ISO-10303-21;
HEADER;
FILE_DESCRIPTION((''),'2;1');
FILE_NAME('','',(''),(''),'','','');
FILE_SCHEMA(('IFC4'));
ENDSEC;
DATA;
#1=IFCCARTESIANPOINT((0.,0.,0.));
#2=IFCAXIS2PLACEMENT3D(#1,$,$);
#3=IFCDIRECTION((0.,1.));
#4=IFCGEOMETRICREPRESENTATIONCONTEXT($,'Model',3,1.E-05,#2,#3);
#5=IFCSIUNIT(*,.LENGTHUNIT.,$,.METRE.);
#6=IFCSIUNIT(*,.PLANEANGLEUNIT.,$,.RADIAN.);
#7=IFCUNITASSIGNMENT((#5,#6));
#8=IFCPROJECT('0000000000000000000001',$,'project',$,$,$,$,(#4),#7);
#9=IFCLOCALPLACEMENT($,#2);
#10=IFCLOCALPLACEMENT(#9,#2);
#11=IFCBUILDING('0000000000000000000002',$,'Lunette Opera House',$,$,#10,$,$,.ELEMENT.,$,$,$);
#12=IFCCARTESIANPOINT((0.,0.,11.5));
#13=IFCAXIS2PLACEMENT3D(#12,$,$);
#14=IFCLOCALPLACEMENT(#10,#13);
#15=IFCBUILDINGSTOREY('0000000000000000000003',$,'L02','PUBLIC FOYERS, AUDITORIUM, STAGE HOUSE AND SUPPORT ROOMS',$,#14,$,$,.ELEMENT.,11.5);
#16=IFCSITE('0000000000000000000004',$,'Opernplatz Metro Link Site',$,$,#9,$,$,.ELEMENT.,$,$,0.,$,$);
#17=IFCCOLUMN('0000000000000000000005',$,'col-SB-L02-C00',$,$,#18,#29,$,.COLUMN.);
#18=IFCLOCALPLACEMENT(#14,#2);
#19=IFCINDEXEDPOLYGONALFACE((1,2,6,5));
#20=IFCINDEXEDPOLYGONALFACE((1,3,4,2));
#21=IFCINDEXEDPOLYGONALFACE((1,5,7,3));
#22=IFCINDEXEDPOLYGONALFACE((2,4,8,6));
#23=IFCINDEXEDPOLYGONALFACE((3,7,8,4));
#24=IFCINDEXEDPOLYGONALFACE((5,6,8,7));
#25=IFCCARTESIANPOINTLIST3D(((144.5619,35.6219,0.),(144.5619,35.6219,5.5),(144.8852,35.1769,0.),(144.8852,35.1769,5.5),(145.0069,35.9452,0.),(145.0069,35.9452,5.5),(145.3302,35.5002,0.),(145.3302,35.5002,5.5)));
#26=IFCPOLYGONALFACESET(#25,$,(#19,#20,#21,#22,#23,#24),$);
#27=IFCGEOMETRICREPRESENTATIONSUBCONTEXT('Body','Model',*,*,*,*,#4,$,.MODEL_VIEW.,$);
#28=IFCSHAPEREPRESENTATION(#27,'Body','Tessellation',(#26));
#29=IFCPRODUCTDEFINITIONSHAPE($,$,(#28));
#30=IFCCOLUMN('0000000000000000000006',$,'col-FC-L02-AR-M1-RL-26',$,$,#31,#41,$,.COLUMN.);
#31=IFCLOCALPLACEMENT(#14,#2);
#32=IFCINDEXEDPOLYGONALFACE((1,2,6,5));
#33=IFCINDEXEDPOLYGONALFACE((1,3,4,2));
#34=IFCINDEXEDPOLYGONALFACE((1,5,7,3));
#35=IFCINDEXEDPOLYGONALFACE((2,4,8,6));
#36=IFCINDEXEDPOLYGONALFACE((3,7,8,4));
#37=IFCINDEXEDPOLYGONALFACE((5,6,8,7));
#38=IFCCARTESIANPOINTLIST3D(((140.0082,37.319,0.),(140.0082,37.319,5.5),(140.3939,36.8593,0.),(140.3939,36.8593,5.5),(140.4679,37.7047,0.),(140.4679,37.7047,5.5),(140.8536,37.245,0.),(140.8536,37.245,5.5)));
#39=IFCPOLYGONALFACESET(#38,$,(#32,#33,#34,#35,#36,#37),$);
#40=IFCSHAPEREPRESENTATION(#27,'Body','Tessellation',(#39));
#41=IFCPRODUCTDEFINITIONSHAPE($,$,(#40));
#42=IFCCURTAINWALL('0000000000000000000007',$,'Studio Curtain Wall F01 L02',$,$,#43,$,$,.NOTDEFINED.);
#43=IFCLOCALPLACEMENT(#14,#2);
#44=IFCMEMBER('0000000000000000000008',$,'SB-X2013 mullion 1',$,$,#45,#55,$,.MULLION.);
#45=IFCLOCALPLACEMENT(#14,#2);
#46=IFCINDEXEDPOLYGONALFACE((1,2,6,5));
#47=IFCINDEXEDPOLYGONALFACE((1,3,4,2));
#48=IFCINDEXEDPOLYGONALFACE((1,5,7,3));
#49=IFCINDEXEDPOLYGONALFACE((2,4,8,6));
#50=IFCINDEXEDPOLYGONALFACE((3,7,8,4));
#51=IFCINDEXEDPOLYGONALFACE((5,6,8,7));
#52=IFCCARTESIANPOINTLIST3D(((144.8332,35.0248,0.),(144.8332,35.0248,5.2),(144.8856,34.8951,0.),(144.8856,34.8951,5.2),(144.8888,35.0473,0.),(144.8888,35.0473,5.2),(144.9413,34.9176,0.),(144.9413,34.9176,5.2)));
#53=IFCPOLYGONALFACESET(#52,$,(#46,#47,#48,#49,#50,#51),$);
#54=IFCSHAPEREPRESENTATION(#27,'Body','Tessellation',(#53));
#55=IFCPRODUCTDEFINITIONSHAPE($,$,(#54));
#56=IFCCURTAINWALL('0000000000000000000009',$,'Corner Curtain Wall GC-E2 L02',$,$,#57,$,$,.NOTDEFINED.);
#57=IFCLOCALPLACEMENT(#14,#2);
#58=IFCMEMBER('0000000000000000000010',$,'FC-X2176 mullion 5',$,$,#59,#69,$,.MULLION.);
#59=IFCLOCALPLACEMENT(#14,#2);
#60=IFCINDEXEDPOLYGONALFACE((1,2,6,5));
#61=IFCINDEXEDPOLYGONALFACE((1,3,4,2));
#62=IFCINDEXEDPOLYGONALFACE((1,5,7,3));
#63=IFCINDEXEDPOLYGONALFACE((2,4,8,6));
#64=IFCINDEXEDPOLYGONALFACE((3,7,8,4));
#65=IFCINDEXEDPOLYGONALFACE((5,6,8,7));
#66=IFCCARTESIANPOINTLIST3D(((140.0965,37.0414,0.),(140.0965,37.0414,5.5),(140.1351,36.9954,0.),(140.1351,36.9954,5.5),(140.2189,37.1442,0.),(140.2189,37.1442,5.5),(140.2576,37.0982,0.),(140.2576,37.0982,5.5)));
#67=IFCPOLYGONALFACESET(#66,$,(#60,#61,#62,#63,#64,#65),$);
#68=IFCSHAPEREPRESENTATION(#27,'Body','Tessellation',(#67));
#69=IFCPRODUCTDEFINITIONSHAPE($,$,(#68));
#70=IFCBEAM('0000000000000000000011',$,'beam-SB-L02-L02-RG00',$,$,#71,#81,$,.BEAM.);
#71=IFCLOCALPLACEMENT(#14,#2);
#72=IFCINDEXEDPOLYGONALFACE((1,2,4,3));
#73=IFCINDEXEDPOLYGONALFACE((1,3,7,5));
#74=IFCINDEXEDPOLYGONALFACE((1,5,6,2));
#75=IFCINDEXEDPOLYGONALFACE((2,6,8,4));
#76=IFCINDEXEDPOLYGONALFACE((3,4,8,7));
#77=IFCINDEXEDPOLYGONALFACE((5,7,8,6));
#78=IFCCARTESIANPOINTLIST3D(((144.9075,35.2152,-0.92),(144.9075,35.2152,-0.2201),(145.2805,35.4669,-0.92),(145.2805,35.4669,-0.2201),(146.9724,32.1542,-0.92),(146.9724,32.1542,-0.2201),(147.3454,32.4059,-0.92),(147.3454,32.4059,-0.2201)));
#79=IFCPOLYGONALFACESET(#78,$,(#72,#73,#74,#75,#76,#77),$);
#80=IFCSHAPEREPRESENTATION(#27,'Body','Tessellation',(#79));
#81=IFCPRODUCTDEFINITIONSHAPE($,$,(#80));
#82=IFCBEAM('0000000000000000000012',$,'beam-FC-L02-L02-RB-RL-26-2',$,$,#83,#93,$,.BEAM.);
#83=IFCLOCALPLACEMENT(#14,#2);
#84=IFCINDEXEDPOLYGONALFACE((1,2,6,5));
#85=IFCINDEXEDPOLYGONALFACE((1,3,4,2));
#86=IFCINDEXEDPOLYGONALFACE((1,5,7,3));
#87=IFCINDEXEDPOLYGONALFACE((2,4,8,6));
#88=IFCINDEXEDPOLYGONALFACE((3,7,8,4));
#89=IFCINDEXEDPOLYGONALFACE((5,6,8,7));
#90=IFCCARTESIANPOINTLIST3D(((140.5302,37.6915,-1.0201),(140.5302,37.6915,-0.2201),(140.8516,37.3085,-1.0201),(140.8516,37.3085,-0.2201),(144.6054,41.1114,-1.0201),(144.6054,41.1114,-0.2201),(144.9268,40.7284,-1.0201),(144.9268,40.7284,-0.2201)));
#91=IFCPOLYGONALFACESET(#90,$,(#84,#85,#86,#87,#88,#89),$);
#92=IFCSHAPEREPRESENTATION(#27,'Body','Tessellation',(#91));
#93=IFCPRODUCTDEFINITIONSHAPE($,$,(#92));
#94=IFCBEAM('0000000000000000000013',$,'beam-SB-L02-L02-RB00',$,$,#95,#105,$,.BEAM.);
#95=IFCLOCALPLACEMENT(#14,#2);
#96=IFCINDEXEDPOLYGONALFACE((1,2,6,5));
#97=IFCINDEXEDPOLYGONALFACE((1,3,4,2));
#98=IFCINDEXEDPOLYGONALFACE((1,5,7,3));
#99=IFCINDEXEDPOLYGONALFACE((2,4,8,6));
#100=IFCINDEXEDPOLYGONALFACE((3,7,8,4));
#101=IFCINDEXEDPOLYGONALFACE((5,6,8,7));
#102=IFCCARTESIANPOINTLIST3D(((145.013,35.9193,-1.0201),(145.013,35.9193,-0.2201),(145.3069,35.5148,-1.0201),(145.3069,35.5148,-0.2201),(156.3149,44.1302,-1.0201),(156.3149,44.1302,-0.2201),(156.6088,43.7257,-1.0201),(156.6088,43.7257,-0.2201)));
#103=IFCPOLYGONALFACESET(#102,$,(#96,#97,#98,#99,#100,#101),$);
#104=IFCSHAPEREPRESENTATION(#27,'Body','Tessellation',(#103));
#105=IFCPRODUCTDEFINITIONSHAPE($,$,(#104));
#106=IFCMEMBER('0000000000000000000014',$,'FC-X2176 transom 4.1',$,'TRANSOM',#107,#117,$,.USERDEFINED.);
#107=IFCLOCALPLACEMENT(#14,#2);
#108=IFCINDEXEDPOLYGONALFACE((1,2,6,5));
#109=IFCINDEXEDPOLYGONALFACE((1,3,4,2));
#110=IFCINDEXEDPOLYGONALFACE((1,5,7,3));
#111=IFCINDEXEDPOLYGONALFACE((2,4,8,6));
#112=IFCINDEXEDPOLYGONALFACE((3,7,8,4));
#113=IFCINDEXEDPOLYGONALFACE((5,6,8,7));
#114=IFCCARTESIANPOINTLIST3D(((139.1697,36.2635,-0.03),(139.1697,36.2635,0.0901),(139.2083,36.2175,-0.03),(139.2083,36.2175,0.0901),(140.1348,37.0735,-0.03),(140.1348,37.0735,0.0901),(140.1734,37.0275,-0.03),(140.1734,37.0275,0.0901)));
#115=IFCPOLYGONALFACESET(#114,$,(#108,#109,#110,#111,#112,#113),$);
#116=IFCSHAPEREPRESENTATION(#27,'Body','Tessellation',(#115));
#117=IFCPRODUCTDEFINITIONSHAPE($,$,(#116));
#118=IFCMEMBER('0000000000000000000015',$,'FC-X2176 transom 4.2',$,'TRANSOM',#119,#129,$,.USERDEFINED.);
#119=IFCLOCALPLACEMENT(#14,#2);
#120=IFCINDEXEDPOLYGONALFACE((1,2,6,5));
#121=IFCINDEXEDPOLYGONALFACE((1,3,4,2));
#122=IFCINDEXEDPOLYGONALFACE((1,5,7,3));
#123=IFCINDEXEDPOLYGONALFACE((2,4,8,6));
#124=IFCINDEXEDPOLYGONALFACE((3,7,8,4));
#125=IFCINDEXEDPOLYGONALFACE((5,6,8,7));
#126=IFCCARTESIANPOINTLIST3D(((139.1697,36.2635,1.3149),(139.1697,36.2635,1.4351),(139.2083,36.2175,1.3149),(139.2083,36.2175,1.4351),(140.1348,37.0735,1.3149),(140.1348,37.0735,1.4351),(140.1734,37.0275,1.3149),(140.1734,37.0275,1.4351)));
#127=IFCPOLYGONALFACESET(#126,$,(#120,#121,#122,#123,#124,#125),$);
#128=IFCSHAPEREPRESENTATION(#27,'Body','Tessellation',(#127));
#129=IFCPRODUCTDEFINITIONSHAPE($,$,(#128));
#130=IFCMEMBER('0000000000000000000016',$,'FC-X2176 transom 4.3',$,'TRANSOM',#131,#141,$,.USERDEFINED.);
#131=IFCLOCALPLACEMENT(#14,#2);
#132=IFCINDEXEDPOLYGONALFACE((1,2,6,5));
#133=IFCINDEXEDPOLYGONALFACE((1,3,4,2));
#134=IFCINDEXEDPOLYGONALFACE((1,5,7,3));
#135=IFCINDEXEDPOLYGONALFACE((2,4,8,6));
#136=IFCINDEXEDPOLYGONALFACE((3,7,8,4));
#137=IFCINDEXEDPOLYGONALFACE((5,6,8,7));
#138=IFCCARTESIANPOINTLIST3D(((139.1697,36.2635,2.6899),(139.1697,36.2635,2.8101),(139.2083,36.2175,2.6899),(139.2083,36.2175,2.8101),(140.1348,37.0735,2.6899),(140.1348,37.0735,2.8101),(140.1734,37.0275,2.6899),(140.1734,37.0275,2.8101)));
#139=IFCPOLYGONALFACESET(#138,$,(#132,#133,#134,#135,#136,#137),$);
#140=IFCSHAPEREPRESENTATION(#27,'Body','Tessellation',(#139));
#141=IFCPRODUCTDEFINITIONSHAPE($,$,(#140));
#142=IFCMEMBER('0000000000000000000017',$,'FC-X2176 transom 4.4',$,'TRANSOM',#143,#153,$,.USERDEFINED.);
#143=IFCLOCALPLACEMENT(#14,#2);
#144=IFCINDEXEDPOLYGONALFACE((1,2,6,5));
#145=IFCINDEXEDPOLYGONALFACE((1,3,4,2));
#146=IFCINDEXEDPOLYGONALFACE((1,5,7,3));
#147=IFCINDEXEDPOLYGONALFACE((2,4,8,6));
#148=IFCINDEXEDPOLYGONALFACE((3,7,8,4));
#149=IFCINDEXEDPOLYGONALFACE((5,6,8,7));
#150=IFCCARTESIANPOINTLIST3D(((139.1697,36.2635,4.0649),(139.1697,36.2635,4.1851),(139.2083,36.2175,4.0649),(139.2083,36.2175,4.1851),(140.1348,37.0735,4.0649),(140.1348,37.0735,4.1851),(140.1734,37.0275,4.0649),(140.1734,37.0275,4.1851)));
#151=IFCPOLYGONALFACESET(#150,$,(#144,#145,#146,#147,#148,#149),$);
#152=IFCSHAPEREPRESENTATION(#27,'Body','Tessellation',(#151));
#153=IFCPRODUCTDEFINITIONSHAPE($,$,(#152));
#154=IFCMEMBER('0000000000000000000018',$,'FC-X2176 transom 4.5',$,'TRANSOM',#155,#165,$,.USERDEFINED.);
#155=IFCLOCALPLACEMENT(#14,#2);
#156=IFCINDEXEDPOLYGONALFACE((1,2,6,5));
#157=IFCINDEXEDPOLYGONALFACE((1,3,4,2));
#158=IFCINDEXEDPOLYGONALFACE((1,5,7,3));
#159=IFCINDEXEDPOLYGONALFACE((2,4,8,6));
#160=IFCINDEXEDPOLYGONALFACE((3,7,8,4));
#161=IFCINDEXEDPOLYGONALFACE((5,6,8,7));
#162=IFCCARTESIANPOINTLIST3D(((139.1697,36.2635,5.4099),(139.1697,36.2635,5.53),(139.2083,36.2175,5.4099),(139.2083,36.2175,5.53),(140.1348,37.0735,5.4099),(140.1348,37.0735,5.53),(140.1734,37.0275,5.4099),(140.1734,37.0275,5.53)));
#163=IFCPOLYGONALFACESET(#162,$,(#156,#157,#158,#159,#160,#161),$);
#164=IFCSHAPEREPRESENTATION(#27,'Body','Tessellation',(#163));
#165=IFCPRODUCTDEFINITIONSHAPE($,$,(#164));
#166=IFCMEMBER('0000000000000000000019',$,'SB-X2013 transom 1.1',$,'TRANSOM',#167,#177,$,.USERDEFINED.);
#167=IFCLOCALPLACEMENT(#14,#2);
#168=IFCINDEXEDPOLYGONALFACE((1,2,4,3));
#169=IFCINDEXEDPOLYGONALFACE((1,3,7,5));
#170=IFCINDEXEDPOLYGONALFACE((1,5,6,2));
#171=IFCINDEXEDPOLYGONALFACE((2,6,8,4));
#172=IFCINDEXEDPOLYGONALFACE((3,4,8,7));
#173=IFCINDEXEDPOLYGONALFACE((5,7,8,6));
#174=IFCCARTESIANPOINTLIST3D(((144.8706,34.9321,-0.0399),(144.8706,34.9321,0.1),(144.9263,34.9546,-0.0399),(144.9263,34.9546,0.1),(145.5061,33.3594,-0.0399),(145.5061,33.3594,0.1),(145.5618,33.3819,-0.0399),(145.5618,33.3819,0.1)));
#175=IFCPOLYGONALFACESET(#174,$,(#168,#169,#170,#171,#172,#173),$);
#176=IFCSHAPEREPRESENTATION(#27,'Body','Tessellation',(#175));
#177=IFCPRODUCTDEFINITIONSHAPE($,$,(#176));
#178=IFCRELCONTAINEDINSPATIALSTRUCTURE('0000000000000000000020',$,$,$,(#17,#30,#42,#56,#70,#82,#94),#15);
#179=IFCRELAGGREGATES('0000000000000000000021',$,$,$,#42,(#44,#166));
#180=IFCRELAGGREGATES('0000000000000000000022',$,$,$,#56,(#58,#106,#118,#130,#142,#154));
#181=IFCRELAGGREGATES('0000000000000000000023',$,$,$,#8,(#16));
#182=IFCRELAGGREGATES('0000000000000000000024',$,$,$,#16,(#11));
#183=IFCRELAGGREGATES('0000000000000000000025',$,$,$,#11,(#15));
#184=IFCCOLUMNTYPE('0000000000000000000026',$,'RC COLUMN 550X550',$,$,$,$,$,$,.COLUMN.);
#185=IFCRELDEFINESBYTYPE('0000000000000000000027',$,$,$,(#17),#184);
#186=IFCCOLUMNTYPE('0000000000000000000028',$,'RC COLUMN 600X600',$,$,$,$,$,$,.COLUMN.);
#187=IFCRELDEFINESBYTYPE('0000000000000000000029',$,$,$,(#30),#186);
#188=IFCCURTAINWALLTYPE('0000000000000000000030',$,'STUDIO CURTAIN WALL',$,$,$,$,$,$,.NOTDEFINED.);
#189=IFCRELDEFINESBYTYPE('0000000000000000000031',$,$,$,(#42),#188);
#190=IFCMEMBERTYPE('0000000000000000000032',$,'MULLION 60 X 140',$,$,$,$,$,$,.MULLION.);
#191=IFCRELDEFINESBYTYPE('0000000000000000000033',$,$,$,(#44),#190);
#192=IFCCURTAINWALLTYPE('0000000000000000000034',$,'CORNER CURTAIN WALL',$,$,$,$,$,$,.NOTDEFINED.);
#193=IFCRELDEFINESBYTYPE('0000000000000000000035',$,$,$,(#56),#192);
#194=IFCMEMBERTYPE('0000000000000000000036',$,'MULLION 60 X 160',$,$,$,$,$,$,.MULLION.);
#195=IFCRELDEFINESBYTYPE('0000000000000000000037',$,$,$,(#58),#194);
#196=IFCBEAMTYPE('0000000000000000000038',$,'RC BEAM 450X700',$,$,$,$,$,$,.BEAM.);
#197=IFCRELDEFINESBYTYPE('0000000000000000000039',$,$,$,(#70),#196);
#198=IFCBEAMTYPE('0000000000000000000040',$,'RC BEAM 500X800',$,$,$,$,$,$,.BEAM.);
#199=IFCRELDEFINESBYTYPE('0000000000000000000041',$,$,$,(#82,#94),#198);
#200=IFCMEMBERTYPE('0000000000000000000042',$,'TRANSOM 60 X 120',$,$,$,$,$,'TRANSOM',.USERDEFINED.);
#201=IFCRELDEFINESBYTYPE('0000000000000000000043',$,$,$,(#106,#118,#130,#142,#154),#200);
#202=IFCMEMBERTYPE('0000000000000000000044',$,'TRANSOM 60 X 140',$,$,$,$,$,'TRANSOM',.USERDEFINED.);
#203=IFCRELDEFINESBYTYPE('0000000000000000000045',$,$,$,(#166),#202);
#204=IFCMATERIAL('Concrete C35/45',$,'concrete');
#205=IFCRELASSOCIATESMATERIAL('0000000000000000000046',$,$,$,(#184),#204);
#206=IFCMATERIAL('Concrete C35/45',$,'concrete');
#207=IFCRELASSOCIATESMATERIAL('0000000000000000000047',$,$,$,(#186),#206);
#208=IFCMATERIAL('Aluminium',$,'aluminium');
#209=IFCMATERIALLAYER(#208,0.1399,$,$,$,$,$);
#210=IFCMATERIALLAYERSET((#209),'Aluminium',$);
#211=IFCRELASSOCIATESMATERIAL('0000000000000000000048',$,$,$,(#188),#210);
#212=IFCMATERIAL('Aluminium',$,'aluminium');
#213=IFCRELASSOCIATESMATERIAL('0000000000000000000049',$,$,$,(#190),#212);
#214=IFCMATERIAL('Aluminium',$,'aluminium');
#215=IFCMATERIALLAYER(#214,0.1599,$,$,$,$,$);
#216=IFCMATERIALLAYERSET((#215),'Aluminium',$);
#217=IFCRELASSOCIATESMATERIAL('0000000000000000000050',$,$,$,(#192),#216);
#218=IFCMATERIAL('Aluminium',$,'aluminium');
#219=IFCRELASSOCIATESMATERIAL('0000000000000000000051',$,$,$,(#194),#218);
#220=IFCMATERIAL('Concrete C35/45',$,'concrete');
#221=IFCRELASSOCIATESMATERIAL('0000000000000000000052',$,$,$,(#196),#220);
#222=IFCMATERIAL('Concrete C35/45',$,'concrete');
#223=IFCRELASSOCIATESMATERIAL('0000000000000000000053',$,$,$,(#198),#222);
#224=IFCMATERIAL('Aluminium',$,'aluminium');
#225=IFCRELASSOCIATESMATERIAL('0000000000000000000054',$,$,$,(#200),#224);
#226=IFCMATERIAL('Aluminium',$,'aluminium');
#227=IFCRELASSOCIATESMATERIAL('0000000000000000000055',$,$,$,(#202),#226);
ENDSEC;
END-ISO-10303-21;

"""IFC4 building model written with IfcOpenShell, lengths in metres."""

from ifc_helpers import new_model, si_unit, direction, frame, origin, origin_2d, place, context, subcontext, project, spatial, rectangle, extrude, material, layer, layer_set, material_profile, profile_set, type_object, element, aggregate, save


model = new_model("IFC4")

# Units and contexts
model_context = context("Model", 3, precision=1e-05, world=origin(), true_north=direction((0.0, 1.0)))
body_context = subcontext(model_context, "Body", "Model", "MODEL_VIEW")
ifc_project = project(units=[si_unit("LENGTHUNIT", "METRE"), si_unit("PLANEANGLEUNIT", "RADIAN")], contexts=[model_context])

# Site, building, storey
site_placement = place(None, origin())
site = spatial("IfcSite", under=ifc_project, at=site_placement, Name="Opernplatz Metro Link Site", CompositionType="ELEMENT", RefElevation=0.0)
building_placement = place(site_placement, origin())
building = spatial("IfcBuilding", under=site, at=building_placement, Name="Lunette Opera House", CompositionType="ELEMENT")
storey_placement = place(building_placement, frame((0.0, 0.0, 11.5)))
storey = spatial("IfcBuildingStorey", under=building, at=storey_placement, Name="L02", Description="PUBLIC FOYERS, AUDITORIUM, STAGE HOUSE AND SUPPORT ROOMS", CompositionType="ELEMENT", Elevation=11.5)

# Columns
ifc_material_1 = material(Name="Concrete C35/45", Category="concrete")
ifc_material_profile_1 = material_profile(ifc_material_1, rectangle(XDim=0.55, YDim=0.55, at=origin_2d()), Name="RC COLUMN 550X550")
ifc_profile_set_1 = profile_set([ifc_material_profile_1], Name="Concrete C35/45")
column_type_1 = type_object("IfcColumnType", Name="RC COLUMN 550X550", PredefinedType="COLUMN", material=ifc_profile_set_1)
column_1_placement = place(storey_placement, frame((144.946, 35.561, 0.0), z_axis=(0.0, 0.0, 1.0), x_axis=(0.587785, -0.809017, 0.0)))
element("IfcColumn", 1, at=column_1_placement, inside=storey, type_object=column_type_1, Name="col-SB-L02-C00", PredefinedType="COLUMN", context=body_context, shape_type="SweptSolid", body=[
    extrude(rectangle(XDim=0.55, YDim=0.55, at=origin_2d()), origin(), (0.0, 0.0, 1.0), 5.5),
])
ifc_material_2 = material(Name="Concrete C35/45", Category="concrete")
ifc_material_profile_2 = material_profile(ifc_material_2, rectangle(XDim=0.6001, YDim=0.6001, at=origin_2d()), Name="RC COLUMN 600X600")
ifc_profile_set_2 = profile_set([ifc_material_profile_2], Name="Concrete C35/45")
column_type_2 = type_object("IfcColumnType", Name="RC COLUMN 600X600", PredefinedType="COLUMN", material=ifc_profile_set_2)
column_2_placement = place(storey_placement, frame((140.4309, 37.282, 0.0), z_axis=(0.0, 0.0, 1.0), x_axis=(0.642788, -0.766044, 0.0)))
element("IfcColumn", 2, at=column_2_placement, inside=storey, type_object=column_type_2, Name="col-FC-L02-AR-M1-RL-26", PredefinedType="COLUMN", context=body_context, shape_type="SweptSolid", body=[
    extrude(rectangle(XDim=0.6001, YDim=0.6001, at=origin_2d()), origin(), (0.0, 0.0, 1.0), 5.5),
])

# Curtain walls, members
ifc_material_3 = material(Name="Aluminium", Category="aluminium")
ifc_layer_1 = layer(ifc_material_3, 0.1399)
ifc_layer_set_1 = layer_set([ifc_layer_1], Name="Aluminium")
curtain_wall_type_1 = type_object("IfcCurtainWallType", Name="STUDIO CURTAIN WALL", PredefinedType="NOTDEFINED", material=ifc_layer_set_1)
curtain_wall_1_placement = place(storey_placement, origin())
curtain_wall_1 = element("IfcCurtainWall", 3, at=curtain_wall_1_placement, inside=storey, type_object=curtain_wall_type_1, Name="Studio Curtain Wall F01 L02", PredefinedType="NOTDEFINED")
ifc_material_4 = material(Name="Aluminium", Category="aluminium")
ifc_material_profile_3 = material_profile(ifc_material_4, rectangle(XDim=0.0601, YDim=0.1399, at=origin_2d()), Name="MULLION 60 X 140")
ifc_profile_set_3 = profile_set([ifc_material_profile_3], Name="Aluminium")
member_type_1 = type_object("IfcMemberType", Name="MULLION 60 X 140", PredefinedType="MULLION", material=ifc_profile_set_3)
member_1_placement = place(storey_placement, frame((144.8872, 34.9712, 0.0), z_axis=(0.0, 0.0, 1.0), x_axis=(0.927168, 0.374646, 0.0)))
member_1 = element("IfcMember", 4, at=member_1_placement, type_object=member_type_1, Name="SB-X2013 mullion 1", PredefinedType="MULLION", context=body_context, shape_type="SweptSolid", body=[
    extrude(rectangle(XDim=0.0601, YDim=0.1399, at=origin_2d()), origin(), (0.0, 0.0, 1.0), 5.2),
])
ifc_material_5 = material(Name="Aluminium", Category="aluminium")
ifc_layer_2 = layer(ifc_material_5, 0.1599)
ifc_layer_set_2 = layer_set([ifc_layer_2], Name="Aluminium")
curtain_wall_type_2 = type_object("IfcCurtainWallType", Name="CORNER CURTAIN WALL", PredefinedType="NOTDEFINED", material=ifc_layer_set_2)
curtain_wall_2_placement = place(storey_placement, origin())
curtain_wall_2 = element("IfcCurtainWall", 5, at=curtain_wall_2_placement, inside=storey, type_object=curtain_wall_type_2, Name="Corner Curtain Wall GC-E2 L02", PredefinedType="NOTDEFINED")
ifc_material_6 = material(Name="Aluminium", Category="aluminium")
ifc_material_profile_4 = material_profile(ifc_material_6, rectangle(XDim=0.0601, YDim=0.1599, at=origin_2d()), Name="MULLION 60 X 160")
ifc_profile_set_4 = profile_set([ifc_material_profile_4], Name="Aluminium")
member_type_2 = type_object("IfcMemberType", Name="MULLION 60 X 160", PredefinedType="MULLION", material=ifc_profile_set_4)
member_2_placement = place(storey_placement, frame((140.177, 37.0698, 0.0), z_axis=(0.0, 0.0, 1.0), x_axis=(-0.64284, 0.766, 0.0)))
member_2 = element("IfcMember", 6, at=member_2_placement, type_object=member_type_2, Name="FC-X2176 mullion 5", PredefinedType="MULLION", context=body_context, shape_type="SweptSolid", body=[
    extrude(rectangle(XDim=0.0601, YDim=0.1599, at=origin_2d()), origin(), (0.0, 0.0, 1.0), 5.5),
])

# Beams
ifc_material_7 = material(Name="Concrete C35/45", Category="concrete")
ifc_material_profile_5 = material_profile(ifc_material_7, rectangle(XDim=0.45, YDim=0.7, at=origin_2d()), Name="RC BEAM 450X700")
ifc_profile_set_5 = profile_set([ifc_material_profile_5], Name="Concrete C35/45")
beam_type_1 = type_object("IfcBeamType", Name="RC BEAM 450X700", PredefinedType="BEAM", material=ifc_profile_set_5)
beam_1_placement = place(storey_placement, frame((145.094, 35.3411, -0.5701), z_axis=(0.559239, -0.829007, 0.0), x_axis=(0.829007, 0.559239, 0.0)))
element("IfcBeam", 7, at=beam_1_placement, inside=storey, type_object=beam_type_1, Name="beam-SB-L02-L02-RG00", PredefinedType="BEAM", context=body_context, shape_type="SweptSolid", body=[
    extrude(rectangle(XDim=0.45, YDim=0.7, at=origin_2d()), origin(), (0.0, 0.0, 1.0), 3.6924),
])
ifc_material_8 = material(Name="Concrete C35/45", Category="concrete")
ifc_material_profile_6 = material_profile(ifc_material_8, rectangle(XDim=0.5, YDim=0.8, at=origin_2d()), Name="RC BEAM 500X800")
ifc_profile_set_6 = profile_set([ifc_material_profile_6], Name="Concrete C35/45")
beam_type_2 = type_object("IfcBeamType", Name="RC BEAM 500X800", PredefinedType="BEAM", material=ifc_profile_set_6)
beam_2_placement = place(storey_placement, frame((140.6909, 37.5, -0.6201), z_axis=(0.766005, 0.642835, 0.0), x_axis=(-0.642835, 0.766005, 0.0)))
element("IfcBeam", 8, at=beam_2_placement, inside=storey, type_object=beam_type_2, Name="beam-FC-L02-L02-RB-RL-26-2", PredefinedType="BEAM", context=body_context, shape_type="SweptSolid", body=[
    extrude(rectangle(XDim=0.5, YDim=0.8, at=origin_2d()), origin(), (0.0, 0.0, 1.0), 5.3201),
])
beam_3_placement = place(storey_placement, frame((145.1599, 35.717, -0.6201), z_axis=(0.809032, 0.587764, 0.0), x_axis=(-0.587764, 0.809032, 0.0)))
element("IfcBeam", 9, at=beam_3_placement, inside=storey, type_object=beam_type_2, Name="beam-SB-L02-L02-RB00", PredefinedType="BEAM", context=body_context, shape_type="SweptSolid", body=[
    extrude(rectangle(XDim=0.5, YDim=0.8, at=origin_2d()), origin(), (0.0, 0.0, 1.0), 13.9697),
])

# Members
ifc_material_9 = material(Name="Aluminium", Category="aluminium")
ifc_material_profile_7 = material_profile(ifc_material_9, rectangle(XDim=0.0601, YDim=0.1201, at=origin_2d()), Name="TRANSOM 60 X 120")
ifc_profile_set_7 = profile_set([ifc_material_profile_7], Name="Aluminium")
member_type_3 = type_object("IfcMemberType", Name="TRANSOM 60 X 120", ElementType="TRANSOM", PredefinedType="USERDEFINED", material=ifc_profile_set_7)
member_3_placement = place(storey_placement, frame((139.189, 36.2405, 0.03), z_axis=(0.765945, 0.642906, 0.0), x_axis=(-0.642906, 0.765945, 0.0)))
member_3 = element("IfcMember", 10, at=member_3_placement, type_object=member_type_3, Name="FC-X2176 transom 4.1", ObjectType="TRANSOM", PredefinedType="USERDEFINED", context=body_context, shape_type="SweptSolid", body=[
    extrude(rectangle(XDim=0.0601, YDim=0.1201, at=origin_2d()), origin(), (0.0, 0.0, 1.0), 1.26),
])
member_4_placement = place(storey_placement, frame((139.189, 36.2405, 1.375), z_axis=(0.765945, 0.642906, 0.0), x_axis=(-0.642906, 0.765945, 0.0)))
member_4 = element("IfcMember", 11, at=member_4_placement, type_object=member_type_3, Name="FC-X2176 transom 4.2", ObjectType="TRANSOM", PredefinedType="USERDEFINED", context=body_context, shape_type="SweptSolid", body=[
    extrude(rectangle(XDim=0.0601, YDim=0.1201, at=origin_2d()), origin(), (0.0, 0.0, 1.0), 1.26),
])
member_5_placement = place(storey_placement, frame((139.189, 36.2405, 2.75), z_axis=(0.765945, 0.642906, 0.0), x_axis=(-0.642906, 0.765945, 0.0)))
member_5 = element("IfcMember", 12, at=member_5_placement, type_object=member_type_3, Name="FC-X2176 transom 4.3", ObjectType="TRANSOM", PredefinedType="USERDEFINED", context=body_context, shape_type="SweptSolid", body=[
    extrude(rectangle(XDim=0.0601, YDim=0.1201, at=origin_2d()), origin(), (0.0, 0.0, 1.0), 1.26),
])
member_6_placement = place(storey_placement, frame((139.189, 36.2405, 4.125), z_axis=(0.765945, 0.642906, 0.0), x_axis=(-0.642906, 0.765945, 0.0)))
member_6 = element("IfcMember", 13, at=member_6_placement, type_object=member_type_3, Name="FC-X2176 transom 4.4", ObjectType="TRANSOM", PredefinedType="USERDEFINED", context=body_context, shape_type="SweptSolid", body=[
    extrude(rectangle(XDim=0.0601, YDim=0.1201, at=origin_2d()), origin(), (0.0, 0.0, 1.0), 1.26),
])
member_7_placement = place(storey_placement, frame((139.189, 36.2405, 5.47), z_axis=(0.765945, 0.642906, 0.0), x_axis=(-0.642906, 0.765945, 0.0)))
member_7 = element("IfcMember", 14, at=member_7_placement, type_object=member_type_3, Name="FC-X2176 transom 4.5", ObjectType="TRANSOM", PredefinedType="USERDEFINED", context=body_context, shape_type="SweptSolid", body=[
    extrude(rectangle(XDim=0.0601, YDim=0.1201, at=origin_2d()), origin(), (0.0, 0.0, 1.0), 1.26),
])
ifc_material_10 = material(Name="Aluminium", Category="aluminium")
ifc_material_profile_8 = material_profile(ifc_material_10, rectangle(XDim=0.0601, YDim=0.1399, at=origin_2d()), Name="TRANSOM 60 X 140")
ifc_profile_set_8 = profile_set([ifc_material_profile_8], Name="Aluminium")
member_type_4 = type_object("IfcMemberType", Name="TRANSOM 60 X 140", ElementType="TRANSOM", PredefinedType="USERDEFINED", material=ifc_profile_set_8)
member_8_placement = place(storey_placement, frame((144.8984, 34.9434, 0.03), z_axis=(0.374639, -0.927171, 0.0), x_axis=(0.927171, 0.374639, 0.0)))
member_8 = element("IfcMember", 15, at=member_8_placement, type_object=member_type_4, Name="SB-X2013 transom 1.1", ObjectType="TRANSOM", PredefinedType="USERDEFINED", context=body_context, shape_type="SweptSolid", body=[
    extrude(rectangle(XDim=0.0601, YDim=0.1399, at=origin_2d()), origin(), (0.0, 0.0, 1.0), 1.6963),
])
aggregate(curtain_wall_1, [member_1, member_8])

aggregate(curtain_wall_2, [member_2, member_3, member_4, member_5, member_6, member_7])

save(model, "model.ifc")
